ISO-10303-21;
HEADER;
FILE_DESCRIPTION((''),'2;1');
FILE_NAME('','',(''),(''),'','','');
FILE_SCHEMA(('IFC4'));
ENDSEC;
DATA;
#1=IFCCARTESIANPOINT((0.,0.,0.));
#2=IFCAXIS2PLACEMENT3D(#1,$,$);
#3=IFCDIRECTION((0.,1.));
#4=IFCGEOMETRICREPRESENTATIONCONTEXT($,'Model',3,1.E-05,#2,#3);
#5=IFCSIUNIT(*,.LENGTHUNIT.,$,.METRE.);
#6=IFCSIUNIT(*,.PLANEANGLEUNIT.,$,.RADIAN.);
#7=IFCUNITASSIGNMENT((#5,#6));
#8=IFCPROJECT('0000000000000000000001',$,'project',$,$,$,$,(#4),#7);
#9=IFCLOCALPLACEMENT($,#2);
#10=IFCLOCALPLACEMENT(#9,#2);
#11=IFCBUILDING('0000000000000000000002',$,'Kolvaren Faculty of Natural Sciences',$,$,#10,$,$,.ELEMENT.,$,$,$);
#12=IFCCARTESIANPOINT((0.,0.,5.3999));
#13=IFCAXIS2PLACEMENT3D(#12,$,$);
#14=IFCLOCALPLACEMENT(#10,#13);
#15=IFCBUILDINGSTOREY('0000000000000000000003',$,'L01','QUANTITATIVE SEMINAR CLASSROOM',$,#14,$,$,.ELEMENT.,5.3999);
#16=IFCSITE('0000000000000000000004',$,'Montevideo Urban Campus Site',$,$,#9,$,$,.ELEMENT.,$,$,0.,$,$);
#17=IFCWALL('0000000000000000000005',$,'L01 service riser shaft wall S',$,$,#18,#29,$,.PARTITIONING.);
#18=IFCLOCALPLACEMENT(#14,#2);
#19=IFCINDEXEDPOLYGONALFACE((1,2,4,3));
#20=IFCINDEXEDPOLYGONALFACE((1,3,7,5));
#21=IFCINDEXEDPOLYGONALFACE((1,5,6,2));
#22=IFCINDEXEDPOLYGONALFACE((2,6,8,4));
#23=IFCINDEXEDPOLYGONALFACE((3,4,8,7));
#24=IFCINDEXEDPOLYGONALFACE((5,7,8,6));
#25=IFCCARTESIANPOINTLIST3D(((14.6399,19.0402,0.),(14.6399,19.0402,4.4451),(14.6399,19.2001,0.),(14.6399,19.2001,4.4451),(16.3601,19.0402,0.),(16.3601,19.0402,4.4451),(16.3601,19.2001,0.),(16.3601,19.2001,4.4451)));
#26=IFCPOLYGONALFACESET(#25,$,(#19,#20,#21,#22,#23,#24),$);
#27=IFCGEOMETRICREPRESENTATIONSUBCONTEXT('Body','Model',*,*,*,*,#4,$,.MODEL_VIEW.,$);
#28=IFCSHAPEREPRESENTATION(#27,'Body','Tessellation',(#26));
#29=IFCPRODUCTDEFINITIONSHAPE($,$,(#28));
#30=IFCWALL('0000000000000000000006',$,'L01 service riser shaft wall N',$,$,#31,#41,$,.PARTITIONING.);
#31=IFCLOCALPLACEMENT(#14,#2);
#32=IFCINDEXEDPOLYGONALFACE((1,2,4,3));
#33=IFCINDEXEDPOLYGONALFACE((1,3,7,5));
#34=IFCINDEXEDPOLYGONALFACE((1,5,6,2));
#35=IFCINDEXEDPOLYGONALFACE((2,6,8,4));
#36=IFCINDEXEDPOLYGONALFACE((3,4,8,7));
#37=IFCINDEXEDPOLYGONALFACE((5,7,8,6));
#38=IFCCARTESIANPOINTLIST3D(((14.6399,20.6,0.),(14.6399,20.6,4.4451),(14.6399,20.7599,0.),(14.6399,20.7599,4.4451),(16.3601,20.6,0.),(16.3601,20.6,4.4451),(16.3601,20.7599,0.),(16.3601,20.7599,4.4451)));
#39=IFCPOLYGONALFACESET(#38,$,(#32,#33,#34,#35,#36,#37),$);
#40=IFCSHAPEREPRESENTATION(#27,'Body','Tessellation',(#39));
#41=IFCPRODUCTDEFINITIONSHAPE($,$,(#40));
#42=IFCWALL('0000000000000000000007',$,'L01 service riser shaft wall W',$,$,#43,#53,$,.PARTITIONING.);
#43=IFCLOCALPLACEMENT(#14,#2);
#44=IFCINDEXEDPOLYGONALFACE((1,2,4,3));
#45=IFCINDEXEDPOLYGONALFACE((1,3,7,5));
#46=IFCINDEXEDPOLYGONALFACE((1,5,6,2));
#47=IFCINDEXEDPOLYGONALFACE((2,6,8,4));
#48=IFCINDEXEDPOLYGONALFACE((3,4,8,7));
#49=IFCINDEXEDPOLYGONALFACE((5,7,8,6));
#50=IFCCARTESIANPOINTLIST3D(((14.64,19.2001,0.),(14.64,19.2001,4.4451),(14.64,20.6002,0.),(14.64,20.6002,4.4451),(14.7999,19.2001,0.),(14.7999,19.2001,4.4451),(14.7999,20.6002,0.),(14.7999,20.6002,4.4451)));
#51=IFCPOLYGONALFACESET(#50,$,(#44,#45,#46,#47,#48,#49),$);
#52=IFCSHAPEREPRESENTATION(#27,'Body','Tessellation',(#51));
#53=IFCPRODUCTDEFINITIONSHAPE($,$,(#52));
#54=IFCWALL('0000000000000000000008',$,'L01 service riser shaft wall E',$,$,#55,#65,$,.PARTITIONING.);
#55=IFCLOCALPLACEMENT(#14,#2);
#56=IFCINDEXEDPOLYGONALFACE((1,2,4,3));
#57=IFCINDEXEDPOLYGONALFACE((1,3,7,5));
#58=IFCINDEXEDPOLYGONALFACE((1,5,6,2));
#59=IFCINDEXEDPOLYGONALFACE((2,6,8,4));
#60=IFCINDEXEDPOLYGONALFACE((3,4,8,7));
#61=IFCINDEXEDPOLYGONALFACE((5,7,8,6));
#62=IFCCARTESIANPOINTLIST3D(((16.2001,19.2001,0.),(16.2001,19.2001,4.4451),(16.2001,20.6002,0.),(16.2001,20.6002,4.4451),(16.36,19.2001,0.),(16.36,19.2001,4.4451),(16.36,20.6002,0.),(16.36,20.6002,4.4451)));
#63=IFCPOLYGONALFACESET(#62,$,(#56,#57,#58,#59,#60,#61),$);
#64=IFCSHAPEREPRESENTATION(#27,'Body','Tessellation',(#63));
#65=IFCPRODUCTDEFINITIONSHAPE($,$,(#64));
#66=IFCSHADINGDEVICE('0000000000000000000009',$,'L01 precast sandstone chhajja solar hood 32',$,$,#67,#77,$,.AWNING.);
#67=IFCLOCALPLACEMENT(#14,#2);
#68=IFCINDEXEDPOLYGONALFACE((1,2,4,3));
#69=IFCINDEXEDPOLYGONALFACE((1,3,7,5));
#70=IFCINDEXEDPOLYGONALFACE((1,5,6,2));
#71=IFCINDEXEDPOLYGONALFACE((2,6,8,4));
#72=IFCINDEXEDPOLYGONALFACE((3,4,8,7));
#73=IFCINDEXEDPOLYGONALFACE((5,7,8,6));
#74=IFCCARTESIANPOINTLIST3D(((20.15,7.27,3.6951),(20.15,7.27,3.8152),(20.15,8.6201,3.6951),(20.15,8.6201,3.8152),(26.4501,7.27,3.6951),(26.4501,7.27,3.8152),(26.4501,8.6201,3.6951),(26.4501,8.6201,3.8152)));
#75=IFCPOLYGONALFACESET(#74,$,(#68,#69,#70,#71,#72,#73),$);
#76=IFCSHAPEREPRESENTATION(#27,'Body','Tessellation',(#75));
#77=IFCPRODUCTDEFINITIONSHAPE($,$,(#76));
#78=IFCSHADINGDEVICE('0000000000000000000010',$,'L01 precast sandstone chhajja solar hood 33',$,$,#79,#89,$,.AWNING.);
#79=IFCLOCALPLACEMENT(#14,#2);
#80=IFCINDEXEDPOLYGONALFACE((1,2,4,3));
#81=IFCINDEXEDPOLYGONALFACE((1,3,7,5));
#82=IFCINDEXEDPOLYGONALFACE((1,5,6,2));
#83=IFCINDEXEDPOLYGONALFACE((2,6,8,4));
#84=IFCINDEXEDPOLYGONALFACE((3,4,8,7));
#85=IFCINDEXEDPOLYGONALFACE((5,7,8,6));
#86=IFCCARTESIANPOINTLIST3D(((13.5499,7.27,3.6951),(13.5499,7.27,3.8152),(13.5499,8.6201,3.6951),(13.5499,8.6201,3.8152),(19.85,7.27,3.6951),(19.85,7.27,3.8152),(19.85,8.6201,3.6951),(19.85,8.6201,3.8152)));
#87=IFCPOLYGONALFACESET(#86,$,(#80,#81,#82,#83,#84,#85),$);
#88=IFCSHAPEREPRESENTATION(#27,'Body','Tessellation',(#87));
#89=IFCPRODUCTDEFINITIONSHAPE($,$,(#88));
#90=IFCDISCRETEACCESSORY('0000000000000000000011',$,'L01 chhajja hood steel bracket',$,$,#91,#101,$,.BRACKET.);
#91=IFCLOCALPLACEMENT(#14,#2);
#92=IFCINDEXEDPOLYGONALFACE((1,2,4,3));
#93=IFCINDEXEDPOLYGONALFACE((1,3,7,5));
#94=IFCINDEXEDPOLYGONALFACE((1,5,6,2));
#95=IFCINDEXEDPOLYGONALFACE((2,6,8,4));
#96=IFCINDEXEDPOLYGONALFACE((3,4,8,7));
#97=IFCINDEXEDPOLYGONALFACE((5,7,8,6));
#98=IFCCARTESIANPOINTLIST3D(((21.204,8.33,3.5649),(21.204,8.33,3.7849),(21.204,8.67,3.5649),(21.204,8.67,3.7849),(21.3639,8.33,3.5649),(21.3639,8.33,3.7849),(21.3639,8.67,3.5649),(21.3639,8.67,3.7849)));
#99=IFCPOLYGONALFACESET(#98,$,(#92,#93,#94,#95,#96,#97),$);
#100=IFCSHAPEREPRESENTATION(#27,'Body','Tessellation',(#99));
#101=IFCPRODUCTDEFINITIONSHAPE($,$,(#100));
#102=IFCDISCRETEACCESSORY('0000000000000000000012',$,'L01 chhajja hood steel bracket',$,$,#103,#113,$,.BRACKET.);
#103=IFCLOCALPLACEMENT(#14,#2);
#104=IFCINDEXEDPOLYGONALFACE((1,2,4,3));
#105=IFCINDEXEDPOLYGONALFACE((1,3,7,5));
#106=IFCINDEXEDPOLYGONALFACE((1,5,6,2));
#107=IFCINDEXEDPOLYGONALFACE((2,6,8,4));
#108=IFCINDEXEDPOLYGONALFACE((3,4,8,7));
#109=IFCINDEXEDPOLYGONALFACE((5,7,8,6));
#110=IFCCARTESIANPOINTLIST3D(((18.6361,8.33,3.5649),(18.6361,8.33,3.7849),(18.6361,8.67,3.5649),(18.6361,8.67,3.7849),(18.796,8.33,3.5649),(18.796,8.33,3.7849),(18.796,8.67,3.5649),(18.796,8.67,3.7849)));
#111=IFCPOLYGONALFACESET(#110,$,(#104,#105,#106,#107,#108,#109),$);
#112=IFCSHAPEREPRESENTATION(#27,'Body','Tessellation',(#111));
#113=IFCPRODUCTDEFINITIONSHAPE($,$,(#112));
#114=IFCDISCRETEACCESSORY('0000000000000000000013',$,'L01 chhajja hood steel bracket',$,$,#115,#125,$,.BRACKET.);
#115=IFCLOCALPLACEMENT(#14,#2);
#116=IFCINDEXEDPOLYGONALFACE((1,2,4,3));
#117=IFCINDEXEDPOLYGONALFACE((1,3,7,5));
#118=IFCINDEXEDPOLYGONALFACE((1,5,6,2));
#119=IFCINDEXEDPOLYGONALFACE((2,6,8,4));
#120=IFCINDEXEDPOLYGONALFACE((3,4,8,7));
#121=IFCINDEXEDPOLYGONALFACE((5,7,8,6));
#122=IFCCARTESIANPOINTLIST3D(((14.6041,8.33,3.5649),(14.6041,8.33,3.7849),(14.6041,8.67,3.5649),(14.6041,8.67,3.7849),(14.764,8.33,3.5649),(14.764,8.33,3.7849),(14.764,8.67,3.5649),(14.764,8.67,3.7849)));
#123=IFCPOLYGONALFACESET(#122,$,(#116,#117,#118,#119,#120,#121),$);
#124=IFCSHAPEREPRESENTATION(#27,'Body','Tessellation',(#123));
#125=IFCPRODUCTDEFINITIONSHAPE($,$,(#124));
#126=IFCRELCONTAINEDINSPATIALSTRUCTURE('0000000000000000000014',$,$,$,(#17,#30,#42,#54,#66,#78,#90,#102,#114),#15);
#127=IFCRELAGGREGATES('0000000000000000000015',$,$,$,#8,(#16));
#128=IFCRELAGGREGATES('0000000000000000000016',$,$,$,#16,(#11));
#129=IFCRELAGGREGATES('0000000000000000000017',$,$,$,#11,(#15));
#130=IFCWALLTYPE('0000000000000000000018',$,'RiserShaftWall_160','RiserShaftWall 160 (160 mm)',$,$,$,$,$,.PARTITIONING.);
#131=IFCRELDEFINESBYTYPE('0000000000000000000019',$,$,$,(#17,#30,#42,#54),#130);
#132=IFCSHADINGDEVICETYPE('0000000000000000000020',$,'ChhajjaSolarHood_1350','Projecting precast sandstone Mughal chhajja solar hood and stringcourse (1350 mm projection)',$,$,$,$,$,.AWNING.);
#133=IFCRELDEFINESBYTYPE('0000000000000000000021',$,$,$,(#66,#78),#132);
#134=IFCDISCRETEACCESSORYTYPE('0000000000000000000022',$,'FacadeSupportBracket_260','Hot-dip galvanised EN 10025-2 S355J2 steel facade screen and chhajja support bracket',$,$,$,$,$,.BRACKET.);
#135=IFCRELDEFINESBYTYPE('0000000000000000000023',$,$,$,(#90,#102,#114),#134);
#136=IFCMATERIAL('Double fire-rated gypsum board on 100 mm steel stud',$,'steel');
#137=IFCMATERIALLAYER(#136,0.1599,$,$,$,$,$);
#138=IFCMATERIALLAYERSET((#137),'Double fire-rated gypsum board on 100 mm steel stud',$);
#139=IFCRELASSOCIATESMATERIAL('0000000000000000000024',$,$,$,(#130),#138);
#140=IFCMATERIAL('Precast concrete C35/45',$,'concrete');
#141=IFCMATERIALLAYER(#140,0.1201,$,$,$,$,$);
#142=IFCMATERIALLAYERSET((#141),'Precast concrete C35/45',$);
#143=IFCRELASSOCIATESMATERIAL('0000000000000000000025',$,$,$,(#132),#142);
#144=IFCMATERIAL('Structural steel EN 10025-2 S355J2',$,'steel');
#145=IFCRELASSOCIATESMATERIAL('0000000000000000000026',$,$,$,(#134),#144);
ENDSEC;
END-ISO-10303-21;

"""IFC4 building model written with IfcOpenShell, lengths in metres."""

from ifc_helpers import new_model, si_unit, direction, frame, frame_2d, origin, origin_2d, place, context, subcontext, project, spatial, rectangle, extrude, material, layer, layer_set, type_object, element, save


model = new_model("IFC4")

# Units and contexts
model_context = context("Model", 3, precision=1e-05, world=origin(), true_north=direction((0.0, 1.0)))
body_context = subcontext(model_context, "Body", "Model", "MODEL_VIEW")
ifc_project = project(units=[si_unit("LENGTHUNIT", "METRE"), si_unit("PLANEANGLEUNIT", "RADIAN")], contexts=[model_context])

# Site, building, storey
site_placement = place(None, origin())
site = spatial("IfcSite", under=ifc_project, at=site_placement, Name="Montevideo Urban Campus Site", CompositionType="ELEMENT", RefElevation=0.0)
building_placement = place(site_placement, origin())
building = spatial("IfcBuilding", under=site, at=building_placement, Name="Kolvaren Faculty of Natural Sciences", CompositionType="ELEMENT")
storey_placement = place(building_placement, frame((0.0, 0.0, 5.3999)))
storey = spatial("IfcBuildingStorey", under=building, at=storey_placement, Name="L01", Description="QUANTITATIVE SEMINAR CLASSROOM", CompositionType="ELEMENT", Elevation=5.3999)

# Walls
ifc_material_1 = material(Name="Double fire-rated gypsum board on 100 mm steel stud", Category="steel")
ifc_layer_1 = layer(ifc_material_1, 0.1599)
ifc_layer_set_1 = layer_set([ifc_layer_1], Name="Double fire-rated gypsum board on 100 mm steel stud")
wall_type_1 = type_object("IfcWallType", Name="RiserShaftWall_160", Description="RiserShaftWall 160 (160 mm)", PredefinedType="PARTITIONING", material=ifc_layer_set_1)
for number, where, z_axis, x_axis, name in (
    (1, (14.6399, 19.1201, 0.0), (0.0, 0.0, 1.0), (1.0, 0.0, 0.0), "L01 service riser shaft wall S"),
    (2, (14.6399, 20.6799, 0.0), (0.0, 0.0, 1.0), (1.0, 0.0, 0.0), "L01 service riser shaft wall N"),
):
    element("IfcWall", number, at=place(storey_placement, frame(where, z_axis=z_axis, x_axis=x_axis)), inside=storey, type_object=wall_type_1, Name=name, PredefinedType="PARTITIONING", context=body_context, shape_type="SweptSolid", body=[
        extrude(rectangle(XDim=1.7202, YDim=0.1599, at=frame_2d((0.8601, 0.0))), origin(), (0.0, 0.0, 1.0), 4.4451),
    ])
for number, where, z_axis, x_axis, name in (
    (3, (14.72, 19.2, 0.0), (0.0, 0.0, 1.0), (0.0, 1.0, 0.0), "L01 service riser shaft wall W"),
    (4, (16.28, 19.2, 0.0), (0.0, 0.0, 1.0), (0.0, 1.0, 0.0), "L01 service riser shaft wall E"),
):
    element("IfcWall", number, at=place(storey_placement, frame(where, z_axis=z_axis, x_axis=x_axis)), inside=storey, type_object=wall_type_1, Name=name, PredefinedType="PARTITIONING", context=body_context, shape_type="SweptSolid", body=[
        extrude(rectangle(XDim=1.4001, YDim=0.1599, at=frame_2d((0.7002, 0.0))), origin(), (0.0, 0.0, 1.0), 4.4451),
    ])

# Shading devices
ifc_material_2 = material(Name="Precast concrete C35/45", Category="concrete")
ifc_layer_2 = layer(ifc_material_2, 0.1201)
ifc_layer_set_2 = layer_set([ifc_layer_2], Name="Precast concrete C35/45")
shading_device_type = type_object("IfcShadingDeviceType", Name="ChhajjaSolarHood_1350", Description="Projecting precast sandstone Mughal chhajja solar hood and stringcourse (1350 mm projection)", PredefinedType="AWNING", material=ifc_layer_set_2)
for number, where, z_axis, x_axis, name in (
    (5, (23.3, 7.9451, 3.6951), (0.0, 0.0, 1.0), (-1.0, 0.0, 0.0), "L01 precast sandstone chhajja solar hood 32"),
    (6, (16.7, 7.9451, 3.6951), (0.0, 0.0, 1.0), (-1.0, 0.0, 0.0), "L01 precast sandstone chhajja solar hood 33"),
):
    element("IfcShadingDevice", number, at=place(storey_placement, frame(where, z_axis=z_axis, x_axis=x_axis)), inside=storey, type_object=shading_device_type, Name=name, PredefinedType="AWNING", context=body_context, shape_type="SweptSolid", body=[
        extrude(rectangle(XDim=6.3, YDim=1.3501, at=origin_2d()), origin(), (0.0, 0.0, 1.0), 0.1201),
    ])

# Discrete accessories
ifc_material_3 = material(Name="Structural steel EN 10025-2 S355J2", Category="steel")
discrete_accessory_type = type_object("IfcDiscreteAccessoryType", Name="FacadeSupportBracket_260", Description="Hot-dip galvanised EN 10025-2 S355J2 steel facade screen and chhajja support bracket", PredefinedType="BRACKET", material=ifc_material_3)
for number, where, z_axis, x_axis, name in (
    (7, (21.2839, 8.5, 3.5649), (0.0, 0.0, 1.0), (-1.0, 0.0, 0.0), "L01 chhajja hood steel bracket"),
    (8, (18.7161, 8.5, 3.5649), (0.0, 0.0, 1.0), (-1.0, 0.0, 0.0), "L01 chhajja hood steel bracket"),
    (9, (14.6841, 8.5, 3.5649), (0.0, 0.0, 1.0), (-1.0, 0.0, 0.0), "L01 chhajja hood steel bracket"),
):
    element("IfcDiscreteAccessory", number, at=place(storey_placement, frame(where, z_axis=z_axis, x_axis=x_axis)), inside=storey, type_object=discrete_accessory_type, Name=name, PredefinedType="BRACKET", context=body_context, shape_type="SweptSolid", body=[
        extrude(rectangle(XDim=0.1599, YDim=0.3401, at=origin_2d()), origin(), (0.0, 0.0, 1.0), 0.22),
    ])

save(model, "model.ifc")
